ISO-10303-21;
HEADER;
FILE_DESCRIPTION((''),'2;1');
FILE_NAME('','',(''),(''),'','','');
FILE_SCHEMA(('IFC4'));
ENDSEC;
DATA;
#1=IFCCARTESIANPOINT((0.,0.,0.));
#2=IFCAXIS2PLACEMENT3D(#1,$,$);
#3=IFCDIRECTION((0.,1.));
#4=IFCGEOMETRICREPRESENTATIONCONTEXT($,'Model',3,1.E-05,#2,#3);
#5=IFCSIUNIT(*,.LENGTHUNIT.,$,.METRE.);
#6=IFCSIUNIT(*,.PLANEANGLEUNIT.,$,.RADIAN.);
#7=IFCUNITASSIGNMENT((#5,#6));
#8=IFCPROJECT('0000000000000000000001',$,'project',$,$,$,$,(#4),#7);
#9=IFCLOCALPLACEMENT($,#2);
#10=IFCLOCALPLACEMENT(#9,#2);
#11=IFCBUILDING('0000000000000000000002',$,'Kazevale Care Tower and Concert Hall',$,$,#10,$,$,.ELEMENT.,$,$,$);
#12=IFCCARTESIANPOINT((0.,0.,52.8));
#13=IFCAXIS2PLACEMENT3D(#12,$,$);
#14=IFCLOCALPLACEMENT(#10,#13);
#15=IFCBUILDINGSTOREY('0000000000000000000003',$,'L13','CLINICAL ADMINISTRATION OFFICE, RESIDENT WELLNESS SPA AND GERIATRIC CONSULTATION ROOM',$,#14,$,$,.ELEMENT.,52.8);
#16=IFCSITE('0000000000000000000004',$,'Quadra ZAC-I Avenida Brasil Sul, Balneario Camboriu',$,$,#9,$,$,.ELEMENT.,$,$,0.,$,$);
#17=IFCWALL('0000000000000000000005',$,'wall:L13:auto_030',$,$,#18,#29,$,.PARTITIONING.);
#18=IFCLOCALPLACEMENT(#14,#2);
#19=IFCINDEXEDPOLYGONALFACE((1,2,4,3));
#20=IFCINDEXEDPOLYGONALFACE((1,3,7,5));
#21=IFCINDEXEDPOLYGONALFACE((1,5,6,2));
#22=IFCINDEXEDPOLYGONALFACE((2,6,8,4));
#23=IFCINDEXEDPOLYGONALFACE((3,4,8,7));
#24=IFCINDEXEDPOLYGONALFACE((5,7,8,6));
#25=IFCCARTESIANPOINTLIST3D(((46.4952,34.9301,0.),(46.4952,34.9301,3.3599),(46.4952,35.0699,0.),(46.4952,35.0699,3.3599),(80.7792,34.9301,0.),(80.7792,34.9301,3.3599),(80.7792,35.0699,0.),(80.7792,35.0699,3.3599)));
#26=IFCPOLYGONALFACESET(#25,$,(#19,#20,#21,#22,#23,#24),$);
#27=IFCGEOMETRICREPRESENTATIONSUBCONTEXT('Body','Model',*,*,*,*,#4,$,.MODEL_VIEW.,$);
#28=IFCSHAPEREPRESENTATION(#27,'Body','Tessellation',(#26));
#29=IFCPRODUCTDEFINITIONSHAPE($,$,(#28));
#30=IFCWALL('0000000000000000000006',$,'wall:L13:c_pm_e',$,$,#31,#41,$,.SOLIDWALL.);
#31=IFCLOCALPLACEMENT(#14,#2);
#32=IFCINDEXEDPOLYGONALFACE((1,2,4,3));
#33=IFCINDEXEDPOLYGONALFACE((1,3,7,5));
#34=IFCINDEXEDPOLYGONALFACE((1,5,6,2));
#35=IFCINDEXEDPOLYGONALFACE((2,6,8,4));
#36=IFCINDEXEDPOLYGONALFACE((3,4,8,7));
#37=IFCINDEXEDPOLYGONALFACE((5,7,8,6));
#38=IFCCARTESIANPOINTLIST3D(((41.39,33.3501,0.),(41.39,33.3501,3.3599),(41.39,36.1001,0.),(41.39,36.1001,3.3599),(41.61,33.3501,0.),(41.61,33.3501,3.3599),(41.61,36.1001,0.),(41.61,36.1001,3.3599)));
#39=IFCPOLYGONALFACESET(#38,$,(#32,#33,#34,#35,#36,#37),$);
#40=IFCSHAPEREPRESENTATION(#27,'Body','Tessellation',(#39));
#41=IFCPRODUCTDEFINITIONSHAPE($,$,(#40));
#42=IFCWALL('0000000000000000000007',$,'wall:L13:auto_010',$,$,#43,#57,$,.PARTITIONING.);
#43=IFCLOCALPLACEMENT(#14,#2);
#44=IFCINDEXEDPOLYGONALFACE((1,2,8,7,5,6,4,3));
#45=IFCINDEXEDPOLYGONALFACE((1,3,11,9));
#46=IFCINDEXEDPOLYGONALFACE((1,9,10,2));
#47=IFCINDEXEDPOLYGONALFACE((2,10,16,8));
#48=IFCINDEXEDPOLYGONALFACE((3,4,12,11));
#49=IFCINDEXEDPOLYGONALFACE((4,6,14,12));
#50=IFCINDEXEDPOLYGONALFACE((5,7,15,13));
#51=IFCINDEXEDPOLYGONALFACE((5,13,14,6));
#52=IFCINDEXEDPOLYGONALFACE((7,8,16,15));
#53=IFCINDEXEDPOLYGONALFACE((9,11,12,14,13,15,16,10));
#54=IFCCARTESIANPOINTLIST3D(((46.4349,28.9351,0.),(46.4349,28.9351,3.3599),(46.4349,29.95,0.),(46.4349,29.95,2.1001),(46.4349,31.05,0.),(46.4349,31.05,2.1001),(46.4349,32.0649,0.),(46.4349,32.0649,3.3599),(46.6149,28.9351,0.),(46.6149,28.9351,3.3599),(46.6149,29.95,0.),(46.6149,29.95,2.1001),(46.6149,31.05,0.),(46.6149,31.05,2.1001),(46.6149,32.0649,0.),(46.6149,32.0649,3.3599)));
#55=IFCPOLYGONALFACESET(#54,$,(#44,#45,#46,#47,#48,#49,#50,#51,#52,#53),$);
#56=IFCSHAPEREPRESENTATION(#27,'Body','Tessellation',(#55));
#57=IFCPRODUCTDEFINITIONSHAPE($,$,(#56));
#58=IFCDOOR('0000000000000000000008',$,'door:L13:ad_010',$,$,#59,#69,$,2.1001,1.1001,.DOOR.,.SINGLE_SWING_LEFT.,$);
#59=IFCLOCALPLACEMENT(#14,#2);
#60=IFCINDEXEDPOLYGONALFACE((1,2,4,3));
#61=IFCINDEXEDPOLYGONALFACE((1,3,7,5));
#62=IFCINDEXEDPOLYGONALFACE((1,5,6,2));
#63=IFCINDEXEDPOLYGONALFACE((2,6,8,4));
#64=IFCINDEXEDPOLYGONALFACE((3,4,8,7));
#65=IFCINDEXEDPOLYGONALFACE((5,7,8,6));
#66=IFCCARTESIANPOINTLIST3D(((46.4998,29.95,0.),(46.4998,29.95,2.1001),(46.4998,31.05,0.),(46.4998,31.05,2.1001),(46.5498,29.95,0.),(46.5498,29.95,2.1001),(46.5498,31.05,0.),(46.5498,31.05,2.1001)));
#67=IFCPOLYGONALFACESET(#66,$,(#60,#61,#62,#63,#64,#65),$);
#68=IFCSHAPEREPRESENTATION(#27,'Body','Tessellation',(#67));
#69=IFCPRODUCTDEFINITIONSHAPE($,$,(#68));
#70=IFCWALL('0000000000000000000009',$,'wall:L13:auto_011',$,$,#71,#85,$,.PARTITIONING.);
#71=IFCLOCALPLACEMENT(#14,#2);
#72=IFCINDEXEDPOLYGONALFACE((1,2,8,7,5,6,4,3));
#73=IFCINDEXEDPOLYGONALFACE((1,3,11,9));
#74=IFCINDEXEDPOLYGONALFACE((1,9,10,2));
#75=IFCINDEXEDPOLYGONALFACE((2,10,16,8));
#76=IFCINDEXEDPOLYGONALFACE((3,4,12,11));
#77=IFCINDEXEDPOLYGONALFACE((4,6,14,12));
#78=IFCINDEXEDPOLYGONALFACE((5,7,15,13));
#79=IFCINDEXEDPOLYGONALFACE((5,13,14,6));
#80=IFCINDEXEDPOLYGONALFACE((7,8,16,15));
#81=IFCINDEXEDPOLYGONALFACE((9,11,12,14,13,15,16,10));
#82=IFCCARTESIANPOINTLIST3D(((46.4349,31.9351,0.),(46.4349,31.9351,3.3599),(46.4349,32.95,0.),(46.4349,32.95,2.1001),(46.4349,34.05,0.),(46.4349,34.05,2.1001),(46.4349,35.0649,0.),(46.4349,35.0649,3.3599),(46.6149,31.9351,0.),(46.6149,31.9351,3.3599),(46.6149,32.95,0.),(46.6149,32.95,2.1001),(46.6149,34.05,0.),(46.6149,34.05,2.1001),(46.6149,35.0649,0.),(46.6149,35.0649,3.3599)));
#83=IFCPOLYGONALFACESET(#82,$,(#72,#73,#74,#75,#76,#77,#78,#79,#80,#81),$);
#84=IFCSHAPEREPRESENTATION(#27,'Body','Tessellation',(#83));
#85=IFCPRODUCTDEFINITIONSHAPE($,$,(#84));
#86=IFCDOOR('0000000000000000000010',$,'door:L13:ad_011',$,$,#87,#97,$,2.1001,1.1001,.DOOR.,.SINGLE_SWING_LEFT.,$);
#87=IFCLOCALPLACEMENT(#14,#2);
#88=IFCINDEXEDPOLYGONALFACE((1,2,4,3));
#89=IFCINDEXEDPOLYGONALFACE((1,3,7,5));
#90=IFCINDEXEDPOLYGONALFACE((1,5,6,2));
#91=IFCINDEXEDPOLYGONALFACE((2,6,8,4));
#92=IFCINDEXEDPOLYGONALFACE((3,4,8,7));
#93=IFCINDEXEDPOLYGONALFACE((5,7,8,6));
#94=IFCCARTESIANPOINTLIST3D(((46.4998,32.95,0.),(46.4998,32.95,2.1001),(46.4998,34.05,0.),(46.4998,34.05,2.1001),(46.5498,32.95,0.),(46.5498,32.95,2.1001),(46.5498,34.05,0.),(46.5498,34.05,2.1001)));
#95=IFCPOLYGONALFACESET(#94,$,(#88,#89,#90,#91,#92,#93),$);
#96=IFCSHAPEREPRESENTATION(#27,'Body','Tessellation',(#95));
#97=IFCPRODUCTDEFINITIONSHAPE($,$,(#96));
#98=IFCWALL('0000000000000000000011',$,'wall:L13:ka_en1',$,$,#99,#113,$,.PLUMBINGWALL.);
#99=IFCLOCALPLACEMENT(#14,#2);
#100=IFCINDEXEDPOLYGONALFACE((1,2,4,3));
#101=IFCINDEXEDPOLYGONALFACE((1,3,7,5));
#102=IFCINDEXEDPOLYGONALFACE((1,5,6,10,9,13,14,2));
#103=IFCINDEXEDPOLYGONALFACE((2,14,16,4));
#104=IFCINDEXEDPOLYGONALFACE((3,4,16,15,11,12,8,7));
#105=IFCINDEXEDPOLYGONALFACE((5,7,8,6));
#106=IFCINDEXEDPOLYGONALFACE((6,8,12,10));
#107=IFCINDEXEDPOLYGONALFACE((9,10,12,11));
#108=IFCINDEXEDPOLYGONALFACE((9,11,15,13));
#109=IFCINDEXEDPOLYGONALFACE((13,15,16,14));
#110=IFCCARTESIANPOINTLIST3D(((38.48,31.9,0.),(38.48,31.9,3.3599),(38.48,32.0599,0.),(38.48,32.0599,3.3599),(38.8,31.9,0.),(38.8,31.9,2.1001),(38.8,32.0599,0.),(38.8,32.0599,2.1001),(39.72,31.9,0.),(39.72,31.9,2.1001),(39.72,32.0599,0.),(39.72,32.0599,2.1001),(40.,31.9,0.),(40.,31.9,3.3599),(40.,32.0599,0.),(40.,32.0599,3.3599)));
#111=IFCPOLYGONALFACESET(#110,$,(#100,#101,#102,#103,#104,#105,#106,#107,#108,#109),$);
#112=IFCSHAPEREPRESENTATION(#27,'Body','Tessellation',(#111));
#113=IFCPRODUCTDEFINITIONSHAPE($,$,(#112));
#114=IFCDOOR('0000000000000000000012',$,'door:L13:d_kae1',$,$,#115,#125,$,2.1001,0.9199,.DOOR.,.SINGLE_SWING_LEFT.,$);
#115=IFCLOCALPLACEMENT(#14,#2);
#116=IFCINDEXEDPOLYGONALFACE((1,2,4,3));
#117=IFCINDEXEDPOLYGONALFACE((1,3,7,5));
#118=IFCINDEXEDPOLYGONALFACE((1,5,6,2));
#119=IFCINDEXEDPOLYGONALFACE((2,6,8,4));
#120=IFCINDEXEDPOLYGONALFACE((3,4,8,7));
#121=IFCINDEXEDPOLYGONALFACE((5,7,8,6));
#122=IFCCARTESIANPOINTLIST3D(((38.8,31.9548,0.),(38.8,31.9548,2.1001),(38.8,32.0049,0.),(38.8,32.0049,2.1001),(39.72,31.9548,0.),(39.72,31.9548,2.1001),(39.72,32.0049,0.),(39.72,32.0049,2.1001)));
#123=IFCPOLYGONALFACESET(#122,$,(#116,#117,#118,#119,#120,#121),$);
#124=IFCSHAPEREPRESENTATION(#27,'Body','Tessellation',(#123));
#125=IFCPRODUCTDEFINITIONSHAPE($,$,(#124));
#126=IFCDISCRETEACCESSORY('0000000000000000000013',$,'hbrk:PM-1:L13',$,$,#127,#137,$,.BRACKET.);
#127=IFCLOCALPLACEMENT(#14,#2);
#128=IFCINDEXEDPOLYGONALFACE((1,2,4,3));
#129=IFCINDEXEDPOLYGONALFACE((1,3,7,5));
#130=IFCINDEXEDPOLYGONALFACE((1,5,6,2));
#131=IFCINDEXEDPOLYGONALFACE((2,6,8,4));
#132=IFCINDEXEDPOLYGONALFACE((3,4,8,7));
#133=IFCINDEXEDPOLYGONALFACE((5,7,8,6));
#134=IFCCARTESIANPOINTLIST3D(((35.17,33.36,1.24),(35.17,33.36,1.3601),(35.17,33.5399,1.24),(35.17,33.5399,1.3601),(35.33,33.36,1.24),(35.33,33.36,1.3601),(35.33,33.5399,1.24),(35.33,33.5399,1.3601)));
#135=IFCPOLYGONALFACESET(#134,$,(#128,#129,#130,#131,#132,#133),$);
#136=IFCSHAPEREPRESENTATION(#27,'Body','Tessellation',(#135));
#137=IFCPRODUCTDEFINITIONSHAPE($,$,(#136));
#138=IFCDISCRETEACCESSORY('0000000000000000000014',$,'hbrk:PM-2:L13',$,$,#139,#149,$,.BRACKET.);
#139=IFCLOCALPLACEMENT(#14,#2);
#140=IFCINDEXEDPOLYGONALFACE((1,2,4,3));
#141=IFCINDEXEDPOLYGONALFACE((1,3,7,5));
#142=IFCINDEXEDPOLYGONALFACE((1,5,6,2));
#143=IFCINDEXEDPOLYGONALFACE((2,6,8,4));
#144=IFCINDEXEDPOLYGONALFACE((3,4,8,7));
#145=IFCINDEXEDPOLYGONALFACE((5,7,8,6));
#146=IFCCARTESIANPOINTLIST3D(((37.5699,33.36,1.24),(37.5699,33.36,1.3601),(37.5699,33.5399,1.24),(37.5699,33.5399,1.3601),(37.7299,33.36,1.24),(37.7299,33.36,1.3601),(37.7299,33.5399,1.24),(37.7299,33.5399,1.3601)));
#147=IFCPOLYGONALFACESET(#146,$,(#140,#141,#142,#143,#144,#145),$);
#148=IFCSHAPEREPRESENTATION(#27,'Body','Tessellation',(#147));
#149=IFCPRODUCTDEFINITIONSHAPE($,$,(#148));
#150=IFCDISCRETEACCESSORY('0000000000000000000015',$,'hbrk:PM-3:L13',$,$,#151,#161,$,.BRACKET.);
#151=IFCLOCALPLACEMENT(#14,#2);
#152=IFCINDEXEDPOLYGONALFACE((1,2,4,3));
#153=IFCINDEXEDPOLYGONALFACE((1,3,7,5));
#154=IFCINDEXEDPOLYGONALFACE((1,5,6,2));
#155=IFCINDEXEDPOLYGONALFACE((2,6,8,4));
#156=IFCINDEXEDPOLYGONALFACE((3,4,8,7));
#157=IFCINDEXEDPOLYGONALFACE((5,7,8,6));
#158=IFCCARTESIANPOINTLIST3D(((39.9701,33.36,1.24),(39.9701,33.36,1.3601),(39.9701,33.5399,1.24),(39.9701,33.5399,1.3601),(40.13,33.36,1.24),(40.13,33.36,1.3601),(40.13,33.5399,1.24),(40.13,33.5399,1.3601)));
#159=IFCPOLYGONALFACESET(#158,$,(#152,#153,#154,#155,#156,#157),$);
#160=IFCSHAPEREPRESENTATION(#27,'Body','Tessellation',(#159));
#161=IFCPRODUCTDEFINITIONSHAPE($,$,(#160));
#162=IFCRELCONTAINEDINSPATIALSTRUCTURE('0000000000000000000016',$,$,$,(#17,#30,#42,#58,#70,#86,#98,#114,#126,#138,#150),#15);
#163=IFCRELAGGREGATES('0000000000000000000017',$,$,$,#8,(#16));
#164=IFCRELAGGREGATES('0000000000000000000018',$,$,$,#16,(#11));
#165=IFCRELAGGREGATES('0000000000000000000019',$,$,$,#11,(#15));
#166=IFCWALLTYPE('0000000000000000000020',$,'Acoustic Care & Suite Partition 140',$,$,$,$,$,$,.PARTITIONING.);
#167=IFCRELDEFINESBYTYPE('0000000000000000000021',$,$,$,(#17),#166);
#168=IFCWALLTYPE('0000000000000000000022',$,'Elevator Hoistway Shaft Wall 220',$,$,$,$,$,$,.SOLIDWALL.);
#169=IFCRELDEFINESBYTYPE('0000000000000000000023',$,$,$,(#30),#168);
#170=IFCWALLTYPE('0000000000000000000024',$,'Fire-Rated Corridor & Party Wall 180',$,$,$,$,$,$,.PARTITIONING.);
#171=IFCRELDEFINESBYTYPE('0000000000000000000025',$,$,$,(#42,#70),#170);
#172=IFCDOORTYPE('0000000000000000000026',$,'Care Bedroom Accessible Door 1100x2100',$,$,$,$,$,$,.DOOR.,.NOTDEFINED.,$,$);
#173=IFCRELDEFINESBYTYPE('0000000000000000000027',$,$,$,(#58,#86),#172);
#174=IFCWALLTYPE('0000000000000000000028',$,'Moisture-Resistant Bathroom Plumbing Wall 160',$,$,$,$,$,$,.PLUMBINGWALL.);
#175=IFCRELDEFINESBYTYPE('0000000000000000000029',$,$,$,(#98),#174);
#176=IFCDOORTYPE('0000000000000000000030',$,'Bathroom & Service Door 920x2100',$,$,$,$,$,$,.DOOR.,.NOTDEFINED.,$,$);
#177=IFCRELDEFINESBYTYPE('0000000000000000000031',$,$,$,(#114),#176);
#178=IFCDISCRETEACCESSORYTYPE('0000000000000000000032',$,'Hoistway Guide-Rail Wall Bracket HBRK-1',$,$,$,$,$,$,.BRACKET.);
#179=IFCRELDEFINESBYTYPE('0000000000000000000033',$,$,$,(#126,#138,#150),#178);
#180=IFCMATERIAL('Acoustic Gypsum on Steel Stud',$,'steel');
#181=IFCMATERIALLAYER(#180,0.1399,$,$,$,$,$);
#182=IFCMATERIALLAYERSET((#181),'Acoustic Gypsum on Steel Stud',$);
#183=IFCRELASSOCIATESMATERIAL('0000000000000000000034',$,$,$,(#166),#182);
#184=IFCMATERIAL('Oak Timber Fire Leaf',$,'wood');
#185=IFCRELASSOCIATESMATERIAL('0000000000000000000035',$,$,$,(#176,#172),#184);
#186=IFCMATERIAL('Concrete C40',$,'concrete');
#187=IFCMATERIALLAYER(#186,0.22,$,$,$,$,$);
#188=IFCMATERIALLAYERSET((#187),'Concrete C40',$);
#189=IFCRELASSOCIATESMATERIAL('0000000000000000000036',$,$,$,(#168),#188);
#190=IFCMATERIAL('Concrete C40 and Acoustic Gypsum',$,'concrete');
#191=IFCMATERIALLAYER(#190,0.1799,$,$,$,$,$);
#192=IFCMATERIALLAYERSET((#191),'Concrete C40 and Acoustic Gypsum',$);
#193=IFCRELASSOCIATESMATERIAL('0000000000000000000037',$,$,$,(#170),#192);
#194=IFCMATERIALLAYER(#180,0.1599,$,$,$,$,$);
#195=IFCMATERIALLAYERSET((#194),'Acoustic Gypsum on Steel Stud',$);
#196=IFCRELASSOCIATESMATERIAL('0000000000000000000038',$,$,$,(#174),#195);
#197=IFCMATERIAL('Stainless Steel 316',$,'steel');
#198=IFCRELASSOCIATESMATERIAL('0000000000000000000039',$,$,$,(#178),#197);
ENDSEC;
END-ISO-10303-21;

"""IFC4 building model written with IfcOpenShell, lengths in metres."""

from ifc_helpers import new_model, si_unit, direction, frame, frame_2d, origin, origin_2d, place, context, subcontext, project, spatial, rectangle, extrude, material, layer, layer_set, type_object, element, fill, save


model = new_model("IFC4")

# Units and contexts
model_context = context("Model", 3, precision=1e-05, world=origin(), true_north=direction((0.0, 1.0)))
body_context = subcontext(model_context, "Body", "Model", "MODEL_VIEW")
ifc_project = project(units=[si_unit("LENGTHUNIT", "METRE"), si_unit("PLANEANGLEUNIT", "RADIAN")], contexts=[model_context])

# Site, building, storey
site_placement = place(None, origin())
site = spatial("IfcSite", under=ifc_project, at=site_placement, Name="Quadra ZAC-I Avenida Brasil Sul, Balneario Camboriu", CompositionType="ELEMENT", RefElevation=0.0)
building_placement = place(site_placement, origin())
building = spatial("IfcBuilding", under=site, at=building_placement, Name="Kazevale Care Tower and Concert Hall", CompositionType="ELEMENT")
storey_placement = place(building_placement, frame((0.0, 0.0, 52.8)))
storey = spatial("IfcBuildingStorey", under=building, at=storey_placement, Name="L13", Description="CLINICAL ADMINISTRATION OFFICE, RESIDENT WELLNESS SPA AND GERIATRIC CONSULTATION ROOM", CompositionType="ELEMENT", Elevation=52.8)

# Shared definitions
ifc_material_1 = material(Name="Acoustic Gypsum on Steel Stud", Category="steel")
ifc_layer_1 = layer(ifc_material_1, 0.1399)
ifc_layer_set_1 = layer_set([ifc_layer_1], Name="Acoustic Gypsum on Steel Stud")
wall_type_1 = type_object("IfcWallType", Name="Acoustic Care & Suite Partition 140", PredefinedType="PARTITIONING", material=ifc_layer_set_1)

# Shared definitions
ifc_material_2 = material(Name="Oak Timber Fire Leaf", Category="wood")
door_type_1 = type_object("IfcDoorType", Name="Bathroom & Service Door 920x2100", OperationType="NOTDEFINED", PredefinedType="DOOR", material=ifc_material_2)

# Walls
wall_1_placement = place(storey_placement, frame((46.4951, 35.0, 0.0), z_axis=(0.0, 0.0, 1.0), x_axis=(1.0, 0.0, 0.0)))
element("IfcWall", 1, at=wall_1_placement, inside=storey, type_object=wall_type_1, Name="wall:L13:auto_030", PredefinedType="PARTITIONING", context=body_context, shape_type="SweptSolid", body=[
    extrude(rectangle(XDim=34.2839, YDim=0.1399, at=frame_2d((17.1421, 0.0))), origin(), (0.0, 0.0, 1.0), 3.3599),
])
ifc_material_3 = material(Name="Concrete C40", Category="concrete")
ifc_layer_2 = layer(ifc_material_3, 0.22)
ifc_layer_set_2 = layer_set([ifc_layer_2], Name="Concrete C40")
wall_type_2 = type_object("IfcWallType", Name="Elevator Hoistway Shaft Wall 220", PredefinedType="SOLIDWALL", material=ifc_layer_set_2)
wall_2_placement = place(storey_placement, frame((41.5, 33.3501, 0.0), z_axis=(0.0, 0.0, 1.0), x_axis=(0.0, 1.0, 0.0)))
element("IfcWall", 2, at=wall_2_placement, inside=storey, type_object=wall_type_2, Name="wall:L13:c_pm_e", PredefinedType="SOLIDWALL", context=body_context, shape_type="SweptSolid", body=[
    extrude(rectangle(XDim=2.75, YDim=0.22, at=frame_2d((1.375, 0.0))), origin(), (0.0, 0.0, 1.0), 3.3599),
])

# Walls, openings, doors
ifc_material_4 = material(Name="Concrete C40 and Acoustic Gypsum", Category="concrete")
ifc_layer_3 = layer(ifc_material_4, 0.1799)
ifc_layer_set_3 = layer_set([ifc_layer_3], Name="Concrete C40 and Acoustic Gypsum")
wall_type_3 = type_object("IfcWallType", Name="Fire-Rated Corridor & Party Wall 180", PredefinedType="PARTITIONING", material=ifc_layer_set_3)
wall_3_placement = place(storey_placement, frame((46.5249, 32.0649, 0.0), z_axis=(0.0, 0.0, 1.0), x_axis=(0.0, -1.0, 0.0)))
wall_3 = element("IfcWall", 3, at=wall_3_placement, inside=storey, type_object=wall_type_3, Name="wall:L13:auto_010", PredefinedType="PARTITIONING", context=body_context, shape_type="SweptSolid", body=[
    extrude(rectangle(XDim=3.1299, YDim=0.1799, at=frame_2d((1.5649, 0.0))), origin(), (0.0, 0.0, 1.0), 3.3599),
])
opening_1_placement = place(wall_3_placement, frame((1.0149, 0.0, 0.0)))
opening_1 = element("IfcOpeningElement", 4, at=opening_1_placement, cuts=wall_3, PredefinedType="OPENING", context=body_context, shape_type="SweptSolid", body=[
    extrude(rectangle(XDim=1.1001, YDim=2.1001, at=frame_2d((0.55, 1.05))), frame((0.0, 0.0999, 0.0), z_axis=(0.0, -1.0, 0.0), x_axis=(1.0, 0.0, 0.0)), (0.0, 0.0, 1.0), 0.2),
])
door_type_2 = type_object("IfcDoorType", Name="Care Bedroom Accessible Door 1100x2100", OperationType="NOTDEFINED", PredefinedType="DOOR", material=ifc_material_2)
door_1_placement = place(opening_1_placement, origin())
door_1 = element("IfcDoor", 5, at=door_1_placement, inside=storey, type_object=door_type_2, Name="door:L13:ad_010", OperationType="SINGLE_SWING_LEFT", OverallHeight=2.1001, OverallWidth=1.1001, PredefinedType="DOOR", context=body_context, shape_type="SweptSolid", body=[
    extrude(rectangle(XDim=1.1001, YDim=2.1001, at=frame_2d((0.55, 1.05))), frame((0.0, 0.0249, 0.0), z_axis=(0.0, -1.0, 0.0), x_axis=(1.0, 0.0, 0.0)), (0.0, 0.0, 1.0), 0.05),
])
fill(opening_1, door_1)
wall_4_placement = place(storey_placement, frame((46.5249, 35.0649, 0.0), z_axis=(0.0, 0.0, 1.0), x_axis=(0.0, -1.0, 0.0)))
wall_4 = element("IfcWall", 6, at=wall_4_placement, inside=storey, type_object=wall_type_3, Name="wall:L13:auto_011", PredefinedType="PARTITIONING", context=body_context, shape_type="SweptSolid", body=[
    extrude(rectangle(XDim=3.1299, YDim=0.1799, at=frame_2d((1.5649, 0.0))), origin(), (0.0, 0.0, 1.0), 3.3599),
])
opening_2_placement = place(wall_4_placement, frame((1.0149, 0.0, 0.0)))
opening_2 = element("IfcOpeningElement", 7, at=opening_2_placement, cuts=wall_4, PredefinedType="OPENING", context=body_context, shape_type="SweptSolid", body=[
    extrude(rectangle(XDim=1.1001, YDim=2.1001, at=frame_2d((0.55, 1.05))), frame((0.0, 0.0999, 0.0), z_axis=(0.0, -1.0, 0.0), x_axis=(1.0, 0.0, 0.0)), (0.0, 0.0, 1.0), 0.2),
])
door_2_placement = place(opening_2_placement, origin())
door_2 = element("IfcDoor", 8, at=door_2_placement, inside=storey, type_object=door_type_2, Name="door:L13:ad_011", OperationType="SINGLE_SWING_LEFT", OverallHeight=2.1001, OverallWidth=1.1001, PredefinedType="DOOR", context=body_context, shape_type="SweptSolid", body=[
    extrude(rectangle(XDim=1.1001, YDim=2.1001, at=frame_2d((0.55, 1.05))), frame((0.0, 0.0249, 0.0), z_axis=(0.0, -1.0, 0.0), x_axis=(1.0, 0.0, 0.0)), (0.0, 0.0, 1.0), 0.05),
])
fill(opening_2, door_2)
ifc_layer_4 = layer(ifc_material_1, 0.1599)
ifc_layer_set_4 = layer_set([ifc_layer_4], Name="Acoustic Gypsum on Steel Stud")
wall_type_4 = type_object("IfcWallType", Name="Moisture-Resistant Bathroom Plumbing Wall 160", PredefinedType="PLUMBINGWALL", material=ifc_layer_set_4)
wall_5_placement = place(storey_placement, frame((38.48, 31.98, 0.0), z_axis=(0.0, 0.0, 1.0), x_axis=(1.0, 0.0, 0.0)))
wall_5 = element("IfcWall", 9, at=wall_5_placement, inside=storey, type_object=wall_type_4, Name="wall:L13:ka_en1", PredefinedType="PLUMBINGWALL", context=body_context, shape_type="SweptSolid", body=[
    extrude(rectangle(XDim=1.52, YDim=0.1599, at=frame_2d((0.76, 0.0))), origin(), (0.0, 0.0, 1.0), 3.3599),
])
opening_3_placement = place(wall_5_placement, frame((0.3201, 0.0, 0.0)))
opening_3 = element("IfcOpeningElement", 10, at=opening_3_placement, cuts=wall_5, PredefinedType="OPENING", context=body_context, shape_type="SweptSolid", body=[
    extrude(rectangle(XDim=0.9199, YDim=2.1001, at=frame_2d((0.46, 1.05))), frame((0.0, 0.0898, 0.0), z_axis=(0.0, -1.0, 0.0), x_axis=(1.0, 0.0, 0.0)), (0.0, 0.0, 1.0), 0.1799),
])
door_3_placement = place(opening_3_placement, origin())
door_3 = element("IfcDoor", 11, at=door_3_placement, inside=storey, type_object=door_type_1, Name="door:L13:d_kae1", OperationType="SINGLE_SWING_LEFT", OverallHeight=2.1001, OverallWidth=0.9199, PredefinedType="DOOR", context=body_context, shape_type="SweptSolid", body=[
    extrude(rectangle(XDim=0.9199, YDim=2.1001, at=frame_2d((0.46, 1.05))), frame((0.0, 0.0249, 0.0), z_axis=(0.0, -1.0, 0.0), x_axis=(1.0, 0.0, 0.0)), (0.0, 0.0, 1.0), 0.05),
])
fill(opening_3, door_3)

# Discrete accessories
ifc_material_5 = material(Name="Stainless Steel 316", Category="steel")
discrete_accessory_type = type_object("IfcDiscreteAccessoryType", Name="Hoistway Guide-Rail Wall Bracket HBRK-1", PredefinedType="BRACKET", material=ifc_material_5)
for number, where, z_axis, x_axis, name in (
    (12, (35.25, 33.45, 1.24), (0.0, 0.0, 1.0), (1.0, 0.0, 0.0), "hbrk:PM-1:L13"),
    (13, (37.6499, 33.45, 1.24), (0.0, 0.0, 1.0), (1.0, 0.0, 0.0), "hbrk:PM-2:L13"),
    (14, (40.05, 33.45, 1.24), (0.0, 0.0, 1.0), (1.0, 0.0, 0.0), "hbrk:PM-3:L13"),
):
    element("IfcDiscreteAccessory", number, at=place(storey_placement, frame(where, z_axis=z_axis, x_axis=x_axis)), inside=storey, type_object=discrete_accessory_type, Name=name, PredefinedType="BRACKET", context=body_context, shape_type="SweptSolid", body=[
        extrude(rectangle(XDim=0.1599, YDim=0.1799, at=origin_2d()), origin(), (0.0, 0.0, 1.0), 0.1201),
    ])

save(model, "model.ifc")
